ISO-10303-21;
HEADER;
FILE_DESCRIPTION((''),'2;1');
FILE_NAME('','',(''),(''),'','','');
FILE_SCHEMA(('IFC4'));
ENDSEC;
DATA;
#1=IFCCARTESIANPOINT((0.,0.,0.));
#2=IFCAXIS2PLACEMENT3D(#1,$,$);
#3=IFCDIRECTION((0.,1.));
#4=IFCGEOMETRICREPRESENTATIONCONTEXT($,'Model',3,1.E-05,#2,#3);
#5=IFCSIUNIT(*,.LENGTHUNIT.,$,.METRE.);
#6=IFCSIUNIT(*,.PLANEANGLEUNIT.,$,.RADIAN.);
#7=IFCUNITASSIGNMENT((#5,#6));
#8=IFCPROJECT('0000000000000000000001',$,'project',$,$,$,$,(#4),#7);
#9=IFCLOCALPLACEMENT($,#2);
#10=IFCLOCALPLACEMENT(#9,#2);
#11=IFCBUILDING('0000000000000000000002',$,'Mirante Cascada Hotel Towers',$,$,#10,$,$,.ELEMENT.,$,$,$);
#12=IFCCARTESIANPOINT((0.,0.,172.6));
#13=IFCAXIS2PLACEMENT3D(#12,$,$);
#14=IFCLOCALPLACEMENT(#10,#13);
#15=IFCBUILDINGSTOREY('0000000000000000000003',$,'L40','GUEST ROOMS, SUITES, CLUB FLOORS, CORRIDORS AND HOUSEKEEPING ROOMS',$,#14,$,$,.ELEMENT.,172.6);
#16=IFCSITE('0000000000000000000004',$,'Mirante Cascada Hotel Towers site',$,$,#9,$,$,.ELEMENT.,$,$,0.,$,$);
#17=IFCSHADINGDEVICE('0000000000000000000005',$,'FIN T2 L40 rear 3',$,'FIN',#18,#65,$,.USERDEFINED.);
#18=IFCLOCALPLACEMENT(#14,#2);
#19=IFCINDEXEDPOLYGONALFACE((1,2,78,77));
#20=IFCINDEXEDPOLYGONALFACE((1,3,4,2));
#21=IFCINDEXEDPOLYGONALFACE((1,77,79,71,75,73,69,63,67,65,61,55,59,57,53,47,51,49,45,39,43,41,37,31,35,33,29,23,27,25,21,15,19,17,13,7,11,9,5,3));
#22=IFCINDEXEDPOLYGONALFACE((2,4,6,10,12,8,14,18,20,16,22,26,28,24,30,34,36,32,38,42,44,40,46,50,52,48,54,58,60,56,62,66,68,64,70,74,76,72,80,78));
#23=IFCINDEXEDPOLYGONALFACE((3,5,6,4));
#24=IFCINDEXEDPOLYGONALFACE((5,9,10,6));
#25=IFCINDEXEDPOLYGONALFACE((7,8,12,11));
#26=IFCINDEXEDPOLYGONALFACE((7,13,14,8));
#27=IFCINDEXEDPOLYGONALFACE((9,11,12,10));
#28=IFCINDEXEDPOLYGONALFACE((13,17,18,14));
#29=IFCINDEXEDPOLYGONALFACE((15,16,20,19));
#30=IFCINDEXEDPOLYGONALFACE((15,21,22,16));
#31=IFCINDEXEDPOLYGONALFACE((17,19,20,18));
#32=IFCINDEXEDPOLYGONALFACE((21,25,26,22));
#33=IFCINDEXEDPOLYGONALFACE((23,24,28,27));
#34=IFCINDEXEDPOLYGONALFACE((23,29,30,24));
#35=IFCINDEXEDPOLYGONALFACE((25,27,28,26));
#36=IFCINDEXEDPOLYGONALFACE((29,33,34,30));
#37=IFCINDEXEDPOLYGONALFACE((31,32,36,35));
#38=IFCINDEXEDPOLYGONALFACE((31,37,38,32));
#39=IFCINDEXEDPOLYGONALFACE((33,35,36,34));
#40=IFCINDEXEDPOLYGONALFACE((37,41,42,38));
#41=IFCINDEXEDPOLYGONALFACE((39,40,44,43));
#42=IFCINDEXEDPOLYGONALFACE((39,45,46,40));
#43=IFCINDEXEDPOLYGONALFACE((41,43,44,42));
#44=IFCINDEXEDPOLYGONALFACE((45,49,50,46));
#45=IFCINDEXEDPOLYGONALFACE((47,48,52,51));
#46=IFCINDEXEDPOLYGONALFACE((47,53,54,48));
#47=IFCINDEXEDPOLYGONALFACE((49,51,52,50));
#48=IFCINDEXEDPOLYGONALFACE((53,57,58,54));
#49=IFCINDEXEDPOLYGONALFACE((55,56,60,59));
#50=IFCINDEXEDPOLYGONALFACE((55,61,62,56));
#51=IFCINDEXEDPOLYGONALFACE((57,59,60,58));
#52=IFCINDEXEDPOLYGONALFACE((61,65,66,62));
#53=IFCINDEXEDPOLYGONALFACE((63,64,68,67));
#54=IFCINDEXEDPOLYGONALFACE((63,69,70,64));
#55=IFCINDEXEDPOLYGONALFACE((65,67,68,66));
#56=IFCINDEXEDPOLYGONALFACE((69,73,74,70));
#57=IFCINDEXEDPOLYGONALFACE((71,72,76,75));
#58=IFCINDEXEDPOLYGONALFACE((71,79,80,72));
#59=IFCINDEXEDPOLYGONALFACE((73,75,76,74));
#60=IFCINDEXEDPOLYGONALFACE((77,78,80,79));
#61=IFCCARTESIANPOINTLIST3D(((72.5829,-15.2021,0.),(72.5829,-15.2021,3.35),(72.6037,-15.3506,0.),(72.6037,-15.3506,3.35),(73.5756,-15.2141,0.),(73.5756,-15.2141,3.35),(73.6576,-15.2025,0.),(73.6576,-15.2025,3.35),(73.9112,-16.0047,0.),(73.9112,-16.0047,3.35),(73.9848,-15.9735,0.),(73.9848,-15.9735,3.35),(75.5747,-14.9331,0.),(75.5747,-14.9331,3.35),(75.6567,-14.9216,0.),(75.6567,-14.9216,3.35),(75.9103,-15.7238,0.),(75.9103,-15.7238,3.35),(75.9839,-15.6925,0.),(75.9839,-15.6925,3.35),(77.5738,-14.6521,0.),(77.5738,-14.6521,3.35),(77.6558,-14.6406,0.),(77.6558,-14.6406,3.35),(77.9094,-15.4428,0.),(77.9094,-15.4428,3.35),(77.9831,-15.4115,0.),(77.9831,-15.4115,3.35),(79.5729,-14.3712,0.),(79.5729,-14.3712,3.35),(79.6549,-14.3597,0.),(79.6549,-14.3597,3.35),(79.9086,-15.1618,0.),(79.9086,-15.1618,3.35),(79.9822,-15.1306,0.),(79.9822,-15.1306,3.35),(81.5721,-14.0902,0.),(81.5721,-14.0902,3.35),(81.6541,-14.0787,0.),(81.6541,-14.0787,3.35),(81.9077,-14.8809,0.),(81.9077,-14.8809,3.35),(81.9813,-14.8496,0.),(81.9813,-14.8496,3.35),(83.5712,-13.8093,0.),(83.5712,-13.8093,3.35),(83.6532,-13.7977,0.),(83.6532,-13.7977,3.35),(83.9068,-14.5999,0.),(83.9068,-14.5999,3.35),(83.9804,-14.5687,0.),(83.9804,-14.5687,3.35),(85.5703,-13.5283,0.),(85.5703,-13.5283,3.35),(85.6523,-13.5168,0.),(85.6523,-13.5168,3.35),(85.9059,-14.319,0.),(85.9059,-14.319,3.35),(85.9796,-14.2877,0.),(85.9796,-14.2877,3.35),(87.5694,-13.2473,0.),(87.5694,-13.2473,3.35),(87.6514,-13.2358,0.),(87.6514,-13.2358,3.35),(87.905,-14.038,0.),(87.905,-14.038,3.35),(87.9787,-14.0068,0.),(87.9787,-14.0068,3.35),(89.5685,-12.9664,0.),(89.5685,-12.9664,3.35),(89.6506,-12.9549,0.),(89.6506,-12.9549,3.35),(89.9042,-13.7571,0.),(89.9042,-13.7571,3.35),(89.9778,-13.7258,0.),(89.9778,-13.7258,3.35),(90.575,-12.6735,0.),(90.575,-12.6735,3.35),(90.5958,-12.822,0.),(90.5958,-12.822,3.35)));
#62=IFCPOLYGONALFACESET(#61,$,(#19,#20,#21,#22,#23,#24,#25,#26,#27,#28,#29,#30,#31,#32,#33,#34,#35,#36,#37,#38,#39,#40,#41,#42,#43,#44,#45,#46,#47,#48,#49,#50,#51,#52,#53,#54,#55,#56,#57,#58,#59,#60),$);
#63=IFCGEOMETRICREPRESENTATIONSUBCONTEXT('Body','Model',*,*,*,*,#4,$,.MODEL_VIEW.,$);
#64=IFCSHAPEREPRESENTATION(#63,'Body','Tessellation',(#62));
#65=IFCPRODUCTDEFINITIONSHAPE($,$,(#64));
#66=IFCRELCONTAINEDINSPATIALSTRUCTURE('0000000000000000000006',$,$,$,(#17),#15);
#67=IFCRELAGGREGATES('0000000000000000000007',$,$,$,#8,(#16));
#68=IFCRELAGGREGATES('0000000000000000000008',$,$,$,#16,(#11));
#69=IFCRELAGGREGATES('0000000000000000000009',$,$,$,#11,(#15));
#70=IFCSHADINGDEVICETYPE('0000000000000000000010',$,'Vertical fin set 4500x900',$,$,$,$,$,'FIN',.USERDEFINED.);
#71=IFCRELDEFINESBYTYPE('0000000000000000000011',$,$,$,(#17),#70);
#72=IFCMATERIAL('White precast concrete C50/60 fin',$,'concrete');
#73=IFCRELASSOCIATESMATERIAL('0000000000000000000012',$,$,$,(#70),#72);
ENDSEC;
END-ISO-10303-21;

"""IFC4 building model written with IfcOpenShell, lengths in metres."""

from ifc_helpers import new_model, si_unit, direction, frame, origin, place, context, subcontext, project, spatial, polyline, outline, extrude, material, type_object, element, save


model = new_model("IFC4")

# Units and contexts
model_context = context("Model", 3, precision=1e-05, world=origin(), true_north=direction((0.0, 1.0)))
body_context = subcontext(model_context, "Body", "Model", "MODEL_VIEW")
ifc_project = project(units=[si_unit("LENGTHUNIT", "METRE"), si_unit("PLANEANGLEUNIT", "RADIAN")], contexts=[model_context])

# Site, building, storey
site_placement = place(None, origin())
site = spatial("IfcSite", under=ifc_project, at=site_placement, Name="Mirante Cascada Hotel Towers site", CompositionType="ELEMENT", RefElevation=0.0)
building_placement = place(site_placement, origin())
building = spatial("IfcBuilding", under=site, at=building_placement, Name="Mirante Cascada Hotel Towers", CompositionType="ELEMENT")
storey_placement = place(building_placement, frame((0.0, 0.0, 172.6)))
storey = spatial("IfcBuildingStorey", under=building, at=storey_placement, Name="L40", Description="GUEST ROOMS, SUITES, CLUB FLOORS, CORRIDORS AND HOUSEKEEPING ROOMS", CompositionType="ELEMENT", Elevation=172.6)

# Shading device
ifc_material_1 = material(Name="White precast concrete C50/60 fin", Category="concrete")
shading_device_type = type_object("IfcShadingDeviceType", Name="Vertical fin set 4500x900", ElementType="FIN", PredefinedType="USERDEFINED", material=ifc_material_1)
shading_device_placement = place(storey_placement, origin())
element("IfcShadingDevice", 1, at=shading_device_placement, inside=storey, type_object=shading_device_type, Name="FIN T2 L40 rear 3", ObjectType="FIN", PredefinedType="USERDEFINED", context=body_context, shape_type="SweptSolid", body=[
    extrude(outline(polyline([(73.9112, -16.0047), (73.5756, -15.2141), (72.6037, -15.3506), (72.5829, -15.2021), (90.575, -12.6735), (90.5958, -12.822), (89.6506, -12.9549), (89.9778, -13.7258), (89.9042, -13.7571), (89.5685, -12.9664), (87.6514, -13.2358), (87.9787, -14.0068), (87.905, -14.038), (87.5694, -13.2473), (85.6523, -13.5168), (85.9796, -14.2877), (85.9059, -14.319), (85.5703, -13.5283), (83.6532, -13.7977), (83.9804, -14.5687), (83.9068, -14.5999), (83.5712, -13.8093), (81.6541, -14.0787), (81.9813, -14.8496), (81.9077, -14.8809), (81.5721, -14.0902), (79.6549, -14.3597), (79.9822, -15.1306), (79.9086, -15.1618), (79.5729, -14.3712), (77.6558, -14.6406), (77.9831, -15.4115), (77.9094, -15.4428), (77.5738, -14.6521), (75.6567, -14.9216), (75.9839, -15.6925), (75.9103, -15.7238), (75.5747, -14.9331), (73.6576, -15.2025), (73.9848, -15.9735), (73.9112, -16.0047)])), origin(), (0.0, 0.0, 1.0), 3.35),
])

save(model, "model.ifc")
